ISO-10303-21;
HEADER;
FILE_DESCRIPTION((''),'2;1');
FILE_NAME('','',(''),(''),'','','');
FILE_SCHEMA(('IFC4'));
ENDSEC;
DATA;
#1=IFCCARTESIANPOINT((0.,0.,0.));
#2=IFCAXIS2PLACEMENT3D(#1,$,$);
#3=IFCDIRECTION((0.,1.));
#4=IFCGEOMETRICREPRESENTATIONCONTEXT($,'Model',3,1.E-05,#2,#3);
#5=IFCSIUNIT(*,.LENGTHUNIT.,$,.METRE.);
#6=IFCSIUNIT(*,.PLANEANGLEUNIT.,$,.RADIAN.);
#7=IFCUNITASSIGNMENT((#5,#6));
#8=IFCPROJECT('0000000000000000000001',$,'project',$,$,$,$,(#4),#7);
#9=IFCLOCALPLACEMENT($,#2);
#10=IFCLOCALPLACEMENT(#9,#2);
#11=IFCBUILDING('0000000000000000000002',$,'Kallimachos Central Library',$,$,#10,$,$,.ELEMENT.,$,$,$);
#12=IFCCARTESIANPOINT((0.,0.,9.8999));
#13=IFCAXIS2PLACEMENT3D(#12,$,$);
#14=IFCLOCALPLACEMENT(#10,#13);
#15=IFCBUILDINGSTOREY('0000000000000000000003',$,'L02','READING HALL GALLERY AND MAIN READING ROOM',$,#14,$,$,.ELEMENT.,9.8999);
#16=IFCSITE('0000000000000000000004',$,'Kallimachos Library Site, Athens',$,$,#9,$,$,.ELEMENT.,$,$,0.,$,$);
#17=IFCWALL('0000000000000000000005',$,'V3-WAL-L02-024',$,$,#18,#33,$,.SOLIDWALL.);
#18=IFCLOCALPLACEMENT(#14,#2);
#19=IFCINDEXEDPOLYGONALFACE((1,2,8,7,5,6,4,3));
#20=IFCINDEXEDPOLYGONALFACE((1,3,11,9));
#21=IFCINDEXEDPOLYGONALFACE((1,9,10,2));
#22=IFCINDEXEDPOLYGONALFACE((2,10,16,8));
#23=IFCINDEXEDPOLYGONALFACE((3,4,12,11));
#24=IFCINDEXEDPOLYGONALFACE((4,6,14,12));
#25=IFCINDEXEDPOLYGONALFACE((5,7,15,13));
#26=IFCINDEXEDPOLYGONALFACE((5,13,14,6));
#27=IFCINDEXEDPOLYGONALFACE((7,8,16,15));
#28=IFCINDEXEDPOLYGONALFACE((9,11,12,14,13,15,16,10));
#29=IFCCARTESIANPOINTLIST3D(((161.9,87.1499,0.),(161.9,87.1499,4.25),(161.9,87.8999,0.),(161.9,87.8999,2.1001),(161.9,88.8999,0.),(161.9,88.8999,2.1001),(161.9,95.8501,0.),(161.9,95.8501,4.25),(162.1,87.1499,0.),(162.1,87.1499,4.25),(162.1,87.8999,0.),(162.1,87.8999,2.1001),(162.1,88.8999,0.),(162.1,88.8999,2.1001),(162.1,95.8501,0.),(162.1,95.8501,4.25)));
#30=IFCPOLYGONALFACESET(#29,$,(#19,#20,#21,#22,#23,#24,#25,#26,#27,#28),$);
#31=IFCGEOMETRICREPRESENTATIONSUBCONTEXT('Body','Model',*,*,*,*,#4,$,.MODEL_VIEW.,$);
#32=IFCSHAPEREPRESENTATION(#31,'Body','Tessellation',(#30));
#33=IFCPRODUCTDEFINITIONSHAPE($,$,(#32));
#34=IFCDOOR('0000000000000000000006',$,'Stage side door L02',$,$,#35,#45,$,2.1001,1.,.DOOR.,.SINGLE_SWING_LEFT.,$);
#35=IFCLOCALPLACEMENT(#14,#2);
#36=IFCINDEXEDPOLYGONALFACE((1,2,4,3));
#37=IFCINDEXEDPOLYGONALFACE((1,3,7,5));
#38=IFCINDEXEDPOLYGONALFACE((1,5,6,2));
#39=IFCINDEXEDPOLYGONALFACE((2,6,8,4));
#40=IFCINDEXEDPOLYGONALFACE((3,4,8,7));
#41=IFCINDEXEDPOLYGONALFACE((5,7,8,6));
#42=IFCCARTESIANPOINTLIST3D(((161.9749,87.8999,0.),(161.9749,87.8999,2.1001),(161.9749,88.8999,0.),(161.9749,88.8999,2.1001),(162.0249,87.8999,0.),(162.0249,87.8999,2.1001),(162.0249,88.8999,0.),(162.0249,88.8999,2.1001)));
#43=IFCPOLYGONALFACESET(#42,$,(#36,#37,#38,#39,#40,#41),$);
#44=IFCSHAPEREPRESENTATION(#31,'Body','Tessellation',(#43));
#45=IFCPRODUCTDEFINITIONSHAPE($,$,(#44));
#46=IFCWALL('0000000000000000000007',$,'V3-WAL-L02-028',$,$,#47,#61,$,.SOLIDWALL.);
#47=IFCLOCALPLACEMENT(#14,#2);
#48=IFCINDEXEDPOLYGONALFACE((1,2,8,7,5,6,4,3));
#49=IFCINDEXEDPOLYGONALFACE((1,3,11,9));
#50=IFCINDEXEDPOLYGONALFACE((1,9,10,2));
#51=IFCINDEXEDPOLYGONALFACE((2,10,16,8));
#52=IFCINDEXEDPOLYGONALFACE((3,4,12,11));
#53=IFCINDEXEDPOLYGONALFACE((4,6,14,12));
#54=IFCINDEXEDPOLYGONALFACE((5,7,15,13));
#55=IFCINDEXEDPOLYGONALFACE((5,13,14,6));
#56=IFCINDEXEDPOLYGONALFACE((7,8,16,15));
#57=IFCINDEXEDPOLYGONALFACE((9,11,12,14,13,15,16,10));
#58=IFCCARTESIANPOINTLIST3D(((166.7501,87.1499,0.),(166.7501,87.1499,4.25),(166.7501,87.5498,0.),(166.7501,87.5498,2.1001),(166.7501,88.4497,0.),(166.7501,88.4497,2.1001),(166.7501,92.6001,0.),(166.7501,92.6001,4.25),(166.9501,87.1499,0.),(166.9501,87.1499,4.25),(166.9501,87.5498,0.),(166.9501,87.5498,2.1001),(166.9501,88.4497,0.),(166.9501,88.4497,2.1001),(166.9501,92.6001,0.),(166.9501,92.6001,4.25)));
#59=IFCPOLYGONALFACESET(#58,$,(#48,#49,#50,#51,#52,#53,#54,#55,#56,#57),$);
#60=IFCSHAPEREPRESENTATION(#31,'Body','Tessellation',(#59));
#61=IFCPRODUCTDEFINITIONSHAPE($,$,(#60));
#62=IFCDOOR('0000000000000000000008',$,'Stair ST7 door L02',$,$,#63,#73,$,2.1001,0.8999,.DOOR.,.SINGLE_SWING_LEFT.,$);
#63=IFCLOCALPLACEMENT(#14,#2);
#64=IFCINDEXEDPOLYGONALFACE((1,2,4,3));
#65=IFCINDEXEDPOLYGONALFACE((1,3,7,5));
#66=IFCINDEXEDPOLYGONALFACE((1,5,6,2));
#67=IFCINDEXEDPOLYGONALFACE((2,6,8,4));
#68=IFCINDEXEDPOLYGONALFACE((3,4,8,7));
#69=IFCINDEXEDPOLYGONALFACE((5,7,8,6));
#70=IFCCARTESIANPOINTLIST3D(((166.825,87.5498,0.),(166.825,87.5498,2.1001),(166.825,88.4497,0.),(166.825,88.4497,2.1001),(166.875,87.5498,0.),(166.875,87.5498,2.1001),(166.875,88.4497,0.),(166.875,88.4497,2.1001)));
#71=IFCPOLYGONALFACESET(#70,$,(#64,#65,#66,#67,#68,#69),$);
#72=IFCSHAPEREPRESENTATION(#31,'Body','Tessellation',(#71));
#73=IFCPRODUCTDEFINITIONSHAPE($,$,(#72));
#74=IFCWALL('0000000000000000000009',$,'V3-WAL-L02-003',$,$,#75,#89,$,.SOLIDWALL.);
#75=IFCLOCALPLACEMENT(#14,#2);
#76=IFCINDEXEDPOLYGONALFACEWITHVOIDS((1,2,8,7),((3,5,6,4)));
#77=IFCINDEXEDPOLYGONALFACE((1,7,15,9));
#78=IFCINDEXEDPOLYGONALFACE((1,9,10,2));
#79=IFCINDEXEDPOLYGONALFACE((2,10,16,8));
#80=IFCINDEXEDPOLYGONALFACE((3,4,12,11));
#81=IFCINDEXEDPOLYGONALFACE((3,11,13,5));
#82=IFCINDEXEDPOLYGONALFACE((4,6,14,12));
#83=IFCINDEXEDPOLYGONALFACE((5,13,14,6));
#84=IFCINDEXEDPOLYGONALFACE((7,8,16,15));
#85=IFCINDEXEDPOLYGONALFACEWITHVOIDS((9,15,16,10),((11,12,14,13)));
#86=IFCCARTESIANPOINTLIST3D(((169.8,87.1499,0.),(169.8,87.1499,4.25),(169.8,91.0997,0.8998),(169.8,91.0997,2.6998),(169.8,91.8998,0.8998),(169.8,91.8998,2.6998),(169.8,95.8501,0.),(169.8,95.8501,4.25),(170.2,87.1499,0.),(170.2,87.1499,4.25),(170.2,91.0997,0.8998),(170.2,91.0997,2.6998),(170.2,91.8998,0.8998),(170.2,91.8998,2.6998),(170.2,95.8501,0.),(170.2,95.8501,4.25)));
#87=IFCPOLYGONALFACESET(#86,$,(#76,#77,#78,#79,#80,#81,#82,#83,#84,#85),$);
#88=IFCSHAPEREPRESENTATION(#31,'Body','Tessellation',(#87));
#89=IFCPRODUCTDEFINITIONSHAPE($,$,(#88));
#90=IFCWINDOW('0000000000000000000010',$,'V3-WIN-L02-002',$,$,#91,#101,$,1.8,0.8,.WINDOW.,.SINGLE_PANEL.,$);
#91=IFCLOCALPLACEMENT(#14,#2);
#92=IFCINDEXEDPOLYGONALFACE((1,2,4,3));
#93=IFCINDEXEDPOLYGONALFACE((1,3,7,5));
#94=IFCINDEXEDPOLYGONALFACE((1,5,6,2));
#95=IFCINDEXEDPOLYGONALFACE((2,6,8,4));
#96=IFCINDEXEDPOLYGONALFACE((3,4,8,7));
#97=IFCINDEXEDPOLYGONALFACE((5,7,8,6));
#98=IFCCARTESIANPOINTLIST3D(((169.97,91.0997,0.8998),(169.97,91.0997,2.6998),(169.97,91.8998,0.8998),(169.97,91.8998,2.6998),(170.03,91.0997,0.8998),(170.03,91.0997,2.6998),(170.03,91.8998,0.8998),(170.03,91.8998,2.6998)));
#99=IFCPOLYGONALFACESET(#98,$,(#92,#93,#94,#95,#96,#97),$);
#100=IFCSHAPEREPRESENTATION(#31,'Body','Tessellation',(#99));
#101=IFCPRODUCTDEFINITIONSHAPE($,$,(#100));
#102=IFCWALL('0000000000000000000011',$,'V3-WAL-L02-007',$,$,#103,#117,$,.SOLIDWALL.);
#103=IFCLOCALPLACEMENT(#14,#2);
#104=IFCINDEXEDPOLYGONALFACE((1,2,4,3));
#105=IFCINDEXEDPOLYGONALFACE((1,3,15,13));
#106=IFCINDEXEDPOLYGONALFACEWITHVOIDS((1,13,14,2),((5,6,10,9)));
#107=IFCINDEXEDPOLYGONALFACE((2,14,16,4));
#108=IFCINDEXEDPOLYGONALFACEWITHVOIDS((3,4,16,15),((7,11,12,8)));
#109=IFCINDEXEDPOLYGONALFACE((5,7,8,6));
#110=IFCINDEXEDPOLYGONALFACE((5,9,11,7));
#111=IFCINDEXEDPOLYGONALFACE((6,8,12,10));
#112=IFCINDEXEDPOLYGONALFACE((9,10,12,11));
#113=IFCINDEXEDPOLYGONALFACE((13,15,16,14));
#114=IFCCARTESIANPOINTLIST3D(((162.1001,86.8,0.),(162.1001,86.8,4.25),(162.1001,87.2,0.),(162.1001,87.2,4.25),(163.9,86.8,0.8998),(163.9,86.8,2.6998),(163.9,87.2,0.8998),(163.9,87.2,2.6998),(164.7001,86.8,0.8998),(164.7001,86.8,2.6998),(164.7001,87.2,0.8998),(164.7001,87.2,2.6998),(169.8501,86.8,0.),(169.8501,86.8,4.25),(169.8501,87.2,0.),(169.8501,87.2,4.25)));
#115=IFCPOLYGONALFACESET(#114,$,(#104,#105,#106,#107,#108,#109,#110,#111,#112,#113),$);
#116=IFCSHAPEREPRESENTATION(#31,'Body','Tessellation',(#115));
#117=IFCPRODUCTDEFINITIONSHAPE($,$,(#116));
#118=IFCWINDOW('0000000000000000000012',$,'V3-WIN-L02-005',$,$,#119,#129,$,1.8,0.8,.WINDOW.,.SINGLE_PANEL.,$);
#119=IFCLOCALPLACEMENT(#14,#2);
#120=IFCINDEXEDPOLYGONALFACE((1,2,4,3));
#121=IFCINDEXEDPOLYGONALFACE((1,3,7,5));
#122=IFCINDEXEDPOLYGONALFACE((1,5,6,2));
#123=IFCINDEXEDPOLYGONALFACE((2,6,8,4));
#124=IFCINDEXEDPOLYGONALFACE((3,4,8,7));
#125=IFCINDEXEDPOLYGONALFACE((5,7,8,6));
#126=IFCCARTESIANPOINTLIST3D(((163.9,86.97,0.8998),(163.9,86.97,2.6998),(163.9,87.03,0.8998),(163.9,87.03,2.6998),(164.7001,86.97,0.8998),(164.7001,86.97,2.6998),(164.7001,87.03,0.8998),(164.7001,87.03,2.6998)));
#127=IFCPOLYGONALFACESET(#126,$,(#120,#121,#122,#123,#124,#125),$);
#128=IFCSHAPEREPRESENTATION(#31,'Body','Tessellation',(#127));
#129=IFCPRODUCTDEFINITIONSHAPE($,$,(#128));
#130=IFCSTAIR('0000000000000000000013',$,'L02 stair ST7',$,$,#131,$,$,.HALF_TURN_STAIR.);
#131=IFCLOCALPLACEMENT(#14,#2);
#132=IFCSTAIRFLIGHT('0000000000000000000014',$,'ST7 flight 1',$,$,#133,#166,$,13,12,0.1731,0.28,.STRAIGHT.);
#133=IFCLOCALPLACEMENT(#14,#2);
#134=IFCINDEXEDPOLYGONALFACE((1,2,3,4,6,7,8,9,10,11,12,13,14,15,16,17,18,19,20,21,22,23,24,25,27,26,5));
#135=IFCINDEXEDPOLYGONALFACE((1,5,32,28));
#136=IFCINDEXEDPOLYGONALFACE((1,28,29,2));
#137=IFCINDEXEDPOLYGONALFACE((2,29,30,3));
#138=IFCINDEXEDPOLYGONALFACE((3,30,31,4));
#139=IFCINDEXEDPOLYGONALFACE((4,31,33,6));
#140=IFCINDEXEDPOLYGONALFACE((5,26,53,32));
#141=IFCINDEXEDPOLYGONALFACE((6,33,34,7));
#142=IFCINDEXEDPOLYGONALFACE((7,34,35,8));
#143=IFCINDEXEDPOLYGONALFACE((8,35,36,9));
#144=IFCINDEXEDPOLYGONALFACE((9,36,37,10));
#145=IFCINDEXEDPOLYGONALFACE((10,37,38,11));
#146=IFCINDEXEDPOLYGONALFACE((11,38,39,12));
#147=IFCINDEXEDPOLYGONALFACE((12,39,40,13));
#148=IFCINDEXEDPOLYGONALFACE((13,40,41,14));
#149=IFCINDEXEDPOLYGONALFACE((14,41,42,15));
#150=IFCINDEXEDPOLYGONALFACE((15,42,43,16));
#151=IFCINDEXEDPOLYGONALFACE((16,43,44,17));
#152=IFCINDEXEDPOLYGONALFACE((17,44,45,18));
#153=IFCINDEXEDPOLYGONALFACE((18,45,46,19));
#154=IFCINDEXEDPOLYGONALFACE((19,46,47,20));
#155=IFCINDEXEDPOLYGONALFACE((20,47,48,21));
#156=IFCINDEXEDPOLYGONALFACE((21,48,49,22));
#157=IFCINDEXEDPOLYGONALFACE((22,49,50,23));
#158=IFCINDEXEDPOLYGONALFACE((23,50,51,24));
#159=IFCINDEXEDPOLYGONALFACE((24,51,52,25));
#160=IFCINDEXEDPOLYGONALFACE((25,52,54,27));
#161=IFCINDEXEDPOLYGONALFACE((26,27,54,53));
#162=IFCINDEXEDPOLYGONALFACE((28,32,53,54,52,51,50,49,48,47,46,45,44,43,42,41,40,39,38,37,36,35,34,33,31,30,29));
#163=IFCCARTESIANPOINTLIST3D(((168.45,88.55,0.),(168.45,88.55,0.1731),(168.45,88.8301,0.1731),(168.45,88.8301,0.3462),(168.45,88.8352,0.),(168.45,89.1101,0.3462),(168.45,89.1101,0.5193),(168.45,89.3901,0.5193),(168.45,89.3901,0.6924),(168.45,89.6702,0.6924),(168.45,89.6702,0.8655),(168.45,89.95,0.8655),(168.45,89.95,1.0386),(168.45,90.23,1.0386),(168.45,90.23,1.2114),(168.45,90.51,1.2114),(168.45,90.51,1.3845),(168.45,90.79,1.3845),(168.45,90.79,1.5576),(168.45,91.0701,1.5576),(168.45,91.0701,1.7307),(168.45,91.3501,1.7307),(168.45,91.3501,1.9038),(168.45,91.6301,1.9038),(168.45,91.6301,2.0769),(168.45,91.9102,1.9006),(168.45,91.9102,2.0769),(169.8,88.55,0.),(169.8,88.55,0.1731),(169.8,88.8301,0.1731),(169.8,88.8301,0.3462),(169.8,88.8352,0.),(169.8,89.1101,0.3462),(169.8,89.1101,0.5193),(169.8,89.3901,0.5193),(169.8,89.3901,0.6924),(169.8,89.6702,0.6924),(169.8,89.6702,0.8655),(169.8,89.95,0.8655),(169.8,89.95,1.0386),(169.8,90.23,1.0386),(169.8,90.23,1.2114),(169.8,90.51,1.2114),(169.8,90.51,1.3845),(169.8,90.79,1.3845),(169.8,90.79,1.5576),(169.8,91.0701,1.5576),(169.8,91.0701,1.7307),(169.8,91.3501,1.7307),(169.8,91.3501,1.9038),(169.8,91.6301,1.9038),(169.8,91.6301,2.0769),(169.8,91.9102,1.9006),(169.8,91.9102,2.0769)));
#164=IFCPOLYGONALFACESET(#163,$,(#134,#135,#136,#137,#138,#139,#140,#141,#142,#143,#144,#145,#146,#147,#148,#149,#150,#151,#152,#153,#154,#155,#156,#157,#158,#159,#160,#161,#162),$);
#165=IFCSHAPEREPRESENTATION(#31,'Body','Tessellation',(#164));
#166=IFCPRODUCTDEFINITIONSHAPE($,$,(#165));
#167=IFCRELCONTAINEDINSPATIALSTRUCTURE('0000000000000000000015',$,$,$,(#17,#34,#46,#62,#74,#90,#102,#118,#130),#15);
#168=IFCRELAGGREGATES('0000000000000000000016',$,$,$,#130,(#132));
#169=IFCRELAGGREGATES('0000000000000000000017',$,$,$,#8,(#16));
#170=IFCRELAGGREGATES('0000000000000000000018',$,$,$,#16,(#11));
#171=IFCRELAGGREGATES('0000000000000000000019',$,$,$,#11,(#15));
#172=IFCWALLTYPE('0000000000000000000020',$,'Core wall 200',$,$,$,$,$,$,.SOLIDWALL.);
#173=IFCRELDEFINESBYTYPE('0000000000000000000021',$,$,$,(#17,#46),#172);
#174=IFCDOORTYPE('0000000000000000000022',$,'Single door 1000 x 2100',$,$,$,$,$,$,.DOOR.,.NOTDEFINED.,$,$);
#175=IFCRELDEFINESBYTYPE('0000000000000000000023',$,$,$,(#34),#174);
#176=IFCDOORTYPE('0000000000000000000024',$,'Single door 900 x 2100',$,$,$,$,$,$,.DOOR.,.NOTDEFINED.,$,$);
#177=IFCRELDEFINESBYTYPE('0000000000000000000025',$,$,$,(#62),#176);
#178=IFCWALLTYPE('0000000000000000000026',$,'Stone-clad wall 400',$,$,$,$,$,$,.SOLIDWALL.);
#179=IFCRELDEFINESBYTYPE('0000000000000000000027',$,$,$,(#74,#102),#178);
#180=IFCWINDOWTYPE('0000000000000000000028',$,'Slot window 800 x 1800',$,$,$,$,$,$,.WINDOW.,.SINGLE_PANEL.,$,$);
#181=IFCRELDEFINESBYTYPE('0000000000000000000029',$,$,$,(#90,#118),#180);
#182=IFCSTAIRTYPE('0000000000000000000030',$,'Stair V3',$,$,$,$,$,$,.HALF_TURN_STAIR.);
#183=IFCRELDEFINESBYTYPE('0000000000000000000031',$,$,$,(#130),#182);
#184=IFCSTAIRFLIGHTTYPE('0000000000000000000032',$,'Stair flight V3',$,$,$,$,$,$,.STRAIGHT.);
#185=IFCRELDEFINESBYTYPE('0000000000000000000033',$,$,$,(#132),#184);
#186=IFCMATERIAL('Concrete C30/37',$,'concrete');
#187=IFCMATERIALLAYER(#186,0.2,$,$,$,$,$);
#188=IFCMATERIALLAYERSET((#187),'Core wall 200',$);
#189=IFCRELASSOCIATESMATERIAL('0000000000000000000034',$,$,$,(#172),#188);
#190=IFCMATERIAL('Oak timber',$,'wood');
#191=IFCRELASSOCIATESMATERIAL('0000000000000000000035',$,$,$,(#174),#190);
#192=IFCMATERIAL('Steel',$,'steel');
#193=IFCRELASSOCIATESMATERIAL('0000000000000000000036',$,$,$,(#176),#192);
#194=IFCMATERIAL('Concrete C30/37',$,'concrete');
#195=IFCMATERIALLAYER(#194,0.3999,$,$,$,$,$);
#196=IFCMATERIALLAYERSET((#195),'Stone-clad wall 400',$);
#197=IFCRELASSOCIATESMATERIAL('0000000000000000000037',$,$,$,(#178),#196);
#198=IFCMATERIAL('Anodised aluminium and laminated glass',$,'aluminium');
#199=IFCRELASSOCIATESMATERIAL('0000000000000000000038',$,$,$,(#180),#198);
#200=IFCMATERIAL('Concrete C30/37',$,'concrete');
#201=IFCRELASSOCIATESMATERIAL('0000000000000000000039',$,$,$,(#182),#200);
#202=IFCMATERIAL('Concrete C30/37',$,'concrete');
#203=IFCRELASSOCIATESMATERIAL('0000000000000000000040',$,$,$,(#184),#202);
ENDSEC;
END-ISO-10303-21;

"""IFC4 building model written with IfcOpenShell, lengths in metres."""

from ifc_helpers import new_model, si_unit, direction, frame, frame_2d, origin, place, context, subcontext, project, spatial, polyline, rectangle, outline, extrude, material, layer, layer_set, type_object, element, fill, aggregate, save


model = new_model("IFC4")

# Units and contexts
model_context = context("Model", 3, precision=1e-05, world=origin(), true_north=direction((0.0, 1.0)))
body_context = subcontext(model_context, "Body", "Model", "MODEL_VIEW")
ifc_project = project(units=[si_unit("LENGTHUNIT", "METRE"), si_unit("PLANEANGLEUNIT", "RADIAN")], contexts=[model_context])

# Site, building, storey
site_placement = place(None, origin())
site = spatial("IfcSite", under=ifc_project, at=site_placement, Name="Kallimachos Library Site, Athens", CompositionType="ELEMENT", RefElevation=0.0)
building_placement = place(site_placement, origin())
building = spatial("IfcBuilding", under=site, at=building_placement, Name="Kallimachos Central Library", CompositionType="ELEMENT")
storey_placement = place(building_placement, frame((0.0, 0.0, 9.8999)))
storey = spatial("IfcBuildingStorey", under=building, at=storey_placement, Name="L02", Description="READING HALL GALLERY AND MAIN READING ROOM", CompositionType="ELEMENT", Elevation=9.8999)

# Walls, openings, doors
ifc_material_1 = material(Name="Concrete C30/37", Category="concrete")
ifc_layer_1 = layer(ifc_material_1, 0.2)
ifc_layer_set_1 = layer_set([ifc_layer_1], Name="Core wall 200")
wall_type_1 = type_object("IfcWallType", Name="Core wall 200", PredefinedType="SOLIDWALL", material=ifc_layer_set_1)
wall_1_placement = place(storey_placement, frame((162.0, 87.1499, 0.0), z_axis=(0.0, 0.0, 1.0), x_axis=(0.0, 1.0, 0.0)))
wall_1 = element("IfcWall", 1, at=wall_1_placement, inside=storey, type_object=wall_type_1, Name="V3-WAL-L02-024", PredefinedType="SOLIDWALL", context=body_context, shape_type="SweptSolid", body=[
    extrude(rectangle(XDim=8.7002, YDim=0.2, at=frame_2d((4.3501, 0.0))), origin(), (0.0, 0.0, 1.0), 4.25),
])
opening_1_placement = place(wall_1_placement, frame((0.75, 0.0, 0.0)))
opening_1 = element("IfcOpeningElement", 2, at=opening_1_placement, cuts=wall_1, PredefinedType="OPENING", context=body_context, shape_type="SweptSolid", body=[
    extrude(rectangle(XDim=1.0, YDim=2.1001, at=frame_2d((0.5, 1.05))), frame((0.0, 0.1099, 0.0), z_axis=(0.0, -1.0, 0.0), x_axis=(1.0, 0.0, 0.0)), (0.0, 0.0, 1.0), 0.22),
])
ifc_material_2 = material(Name="Oak timber", Category="wood")
door_type_1 = type_object("IfcDoorType", Name="Single door 1000 x 2100", OperationType="NOTDEFINED", PredefinedType="DOOR", material=ifc_material_2)
door_1_placement = place(opening_1_placement, frame((1.0, 0.0, 0.0), z_axis=(0.0, 0.0, 1.0), x_axis=(-1.0, 0.0, 0.0)))
door_1 = element("IfcDoor", 3, at=door_1_placement, inside=storey, type_object=door_type_1, Name="Stage side door L02", OperationType="SINGLE_SWING_LEFT", OverallHeight=2.1001, OverallWidth=1.0, PredefinedType="DOOR", context=body_context, shape_type="SweptSolid", body=[
    extrude(rectangle(XDim=1.0, YDim=2.1001, at=frame_2d((0.5, 1.05))), frame((0.0, 0.0249, 0.0), z_axis=(0.0, -1.0, 0.0), x_axis=(1.0, 0.0, 0.0)), (0.0, 0.0, 1.0), 0.05),
])
fill(opening_1, door_1)
wall_2_placement = place(storey_placement, frame((166.8501, 87.1499, 0.0), z_axis=(0.0, 0.0, 1.0), x_axis=(0.0, 1.0, 0.0)))
wall_2 = element("IfcWall", 4, at=wall_2_placement, inside=storey, type_object=wall_type_1, Name="V3-WAL-L02-028", PredefinedType="SOLIDWALL", context=body_context, shape_type="SweptSolid", body=[
    extrude(rectangle(XDim=5.4502, YDim=0.2, at=frame_2d((2.7251, 0.0))), origin(), (0.0, 0.0, 1.0), 4.25),
])
opening_2_placement = place(wall_2_placement, frame((0.3999, 0.0, 0.0)))
opening_2 = element("IfcOpeningElement", 5, at=opening_2_placement, cuts=wall_2, PredefinedType="OPENING", context=body_context, shape_type="SweptSolid", body=[
    extrude(rectangle(XDim=0.8999, YDim=2.1001, at=frame_2d((0.45, 1.05))), frame((0.0, 0.1099, 0.0), z_axis=(0.0, -1.0, 0.0), x_axis=(1.0, 0.0, 0.0)), (0.0, 0.0, 1.0), 0.22),
])
ifc_material_3 = material(Name="Steel", Category="steel")
door_type_2 = type_object("IfcDoorType", Name="Single door 900 x 2100", OperationType="NOTDEFINED", PredefinedType="DOOR", material=ifc_material_3)
door_2_placement = place(opening_2_placement, frame((0.8999, 0.0, 0.0), z_axis=(0.0, 0.0, 1.0), x_axis=(-1.0, 0.0, 0.0)))
door_2 = element("IfcDoor", 6, at=door_2_placement, inside=storey, type_object=door_type_2, Name="Stair ST7 door L02", OperationType="SINGLE_SWING_LEFT", OverallHeight=2.1001, OverallWidth=0.8999, PredefinedType="DOOR", context=body_context, shape_type="SweptSolid", body=[
    extrude(rectangle(XDim=0.8999, YDim=2.1001, at=frame_2d((0.45, 1.05))), frame((0.0, 0.0249, 0.0), z_axis=(0.0, -1.0, 0.0), x_axis=(1.0, 0.0, 0.0)), (0.0, 0.0, 1.0), 0.05),
])
fill(opening_2, door_2)

# Walls, openings, windows
ifc_material_4 = material(Name="Concrete C30/37", Category="concrete")
ifc_layer_2 = layer(ifc_material_4, 0.3999)
ifc_layer_set_2 = layer_set([ifc_layer_2], Name="Stone-clad wall 400")
wall_type_2 = type_object("IfcWallType", Name="Stone-clad wall 400", PredefinedType="SOLIDWALL", material=ifc_layer_set_2)
wall_3_placement = place(storey_placement, frame((170.0, 87.1499, 0.0), z_axis=(0.0, 0.0, 1.0), x_axis=(0.0, 1.0, 0.0)))
wall_3 = element("IfcWall", 7, at=wall_3_placement, inside=storey, type_object=wall_type_2, Name="V3-WAL-L02-003", PredefinedType="SOLIDWALL", context=body_context, shape_type="SweptSolid", body=[
    extrude(rectangle(XDim=8.7002, YDim=0.3999, at=frame_2d((4.3501, 0.0))), origin(), (0.0, 0.0, 1.0), 4.25),
])
opening_3_placement = place(wall_3_placement, frame((3.95, 0.0, 0.8999)))
opening_3 = element("IfcOpeningElement", 8, at=opening_3_placement, cuts=wall_3, PredefinedType="OPENING", context=body_context, shape_type="SweptSolid", body=[
    extrude(rectangle(XDim=0.8, YDim=1.8, at=frame_2d((0.3999, 0.8999))), frame((0.0, 0.21, 0.0), z_axis=(0.0, -1.0, 0.0), x_axis=(1.0, 0.0, 0.0)), (0.0, 0.0, 1.0), 0.4199),
])
ifc_material_5 = material(Name="Anodised aluminium and laminated glass", Category="aluminium")
window_type = type_object("IfcWindowType", Name="Slot window 800 x 1800", PartitioningType="SINGLE_PANEL", PredefinedType="WINDOW", material=ifc_material_5)
window_1_placement = place(opening_3_placement, origin())
window_1 = element("IfcWindow", 9, at=window_1_placement, inside=storey, type_object=window_type, Name="V3-WIN-L02-002", OverallHeight=1.8, OverallWidth=0.8, PartitioningType="SINGLE_PANEL", PredefinedType="WINDOW", context=body_context, shape_type="SweptSolid", body=[
    extrude(rectangle(XDim=0.8, YDim=1.8, at=frame_2d((0.3999, 0.8999))), frame((0.0, 0.03, 0.0), z_axis=(0.0, -1.0, 0.0), x_axis=(1.0, 0.0, 0.0)), (0.0, 0.0, 1.0), 0.0601),
])
fill(opening_3, window_1)
wall_4_placement = place(storey_placement, frame((162.1001, 87.0, 0.0), z_axis=(0.0, 0.0, 1.0), x_axis=(1.0, 0.0, 0.0)))
wall_4 = element("IfcWall", 10, at=wall_4_placement, inside=storey, type_object=wall_type_2, Name="V3-WAL-L02-007", PredefinedType="SOLIDWALL", context=body_context, shape_type="SweptSolid", body=[
    extrude(rectangle(XDim=7.75, YDim=0.3999, at=frame_2d((3.875, 0.0))), origin(), (0.0, 0.0, 1.0), 4.25),
])
opening_4_placement = place(wall_4_placement, frame((1.8, 0.0, 0.8999)))
opening_4 = element("IfcOpeningElement", 11, at=opening_4_placement, cuts=wall_4, PredefinedType="OPENING", context=body_context, shape_type="SweptSolid", body=[
    extrude(rectangle(XDim=0.8, YDim=1.8, at=frame_2d((0.3999, 0.8999))), frame((0.0, 0.21, 0.0), z_axis=(0.0, -1.0, 0.0), x_axis=(1.0, 0.0, 0.0)), (0.0, 0.0, 1.0), 0.4199),
])
window_2_placement = place(opening_4_placement, origin())
window_2 = element("IfcWindow", 12, at=window_2_placement, inside=storey, type_object=window_type, Name="V3-WIN-L02-005", OverallHeight=1.8, OverallWidth=0.8, PartitioningType="SINGLE_PANEL", PredefinedType="WINDOW", context=body_context, shape_type="SweptSolid", body=[
    extrude(rectangle(XDim=0.8, YDim=1.8, at=frame_2d((0.3999, 0.8999))), frame((0.0, 0.03, 0.0), z_axis=(0.0, -1.0, 0.0), x_axis=(1.0, 0.0, 0.0)), (0.0, 0.0, 1.0), 0.0601),
])
fill(opening_4, window_2)

# Stair, stair flight
ifc_material_6 = material(Name="Concrete C30/37", Category="concrete")
stair_type = type_object("IfcStairType", Name="Stair V3", PredefinedType="HALF_TURN_STAIR", material=ifc_material_6)
stair_placement = place(storey_placement, origin())
stair = element("IfcStair", 13, at=stair_placement, inside=storey, type_object=stair_type, Name="L02 stair ST7", PredefinedType="HALF_TURN_STAIR")
ifc_material_7 = material(Name="Concrete C30/37", Category="concrete")
stair_flight_type = type_object("IfcStairFlightType", Name="Stair flight V3", PredefinedType="STRAIGHT", material=ifc_material_7)
stair_flight_placement = place(storey_placement, frame((169.125, 88.55, 0.0), z_axis=(0.0, 0.0, 1.0), x_axis=(0.0, 1.0, 0.0)))
stair_flight = element("IfcStairFlight", 14, at=stair_flight_placement, type_object=stair_flight_type, Name="ST7 flight 1", NumberOfRisers=13, NumberOfTreads=12, PredefinedType="STRAIGHT", RiserHeight=0.1731, TreadLength=0.28, context=body_context, shape_type="SweptSolid", body=[
    extrude(outline(polyline([(0.0, 0.0), (0.0, 0.1731), (0.28, 0.1731), (0.28, 0.3462), (0.5601, 0.3462), (0.5601, 0.5193), (0.8401, 0.5193), (0.8401, 0.6924), (1.1201, 0.6924), (1.1201, 0.8655), (1.3999, 0.8655), (1.3999, 1.0386), (1.6799, 1.0386), (1.6799, 1.2114), (1.96, 1.2114), (1.96, 1.3845), (2.24, 1.3845), (2.24, 1.5576), (2.52, 1.5576), (2.52, 1.7307), (2.8, 1.7307), (2.8, 1.9038), (3.0801, 1.9038), (3.0801, 2.0769), (3.3601, 2.0769), (3.3601, 2.25), (3.3601, 1.9006), (0.2852, 0.0), (0.0, 0.0)])), frame((0.0, 0.675, 0.0), z_axis=(0.0, -1.0, 0.0), x_axis=(1.0, 0.0, 0.0)), (0.0, 0.0, 1.0), 1.3501),
])
aggregate(stair, [stair_flight])

save(model, "model.ifc")
